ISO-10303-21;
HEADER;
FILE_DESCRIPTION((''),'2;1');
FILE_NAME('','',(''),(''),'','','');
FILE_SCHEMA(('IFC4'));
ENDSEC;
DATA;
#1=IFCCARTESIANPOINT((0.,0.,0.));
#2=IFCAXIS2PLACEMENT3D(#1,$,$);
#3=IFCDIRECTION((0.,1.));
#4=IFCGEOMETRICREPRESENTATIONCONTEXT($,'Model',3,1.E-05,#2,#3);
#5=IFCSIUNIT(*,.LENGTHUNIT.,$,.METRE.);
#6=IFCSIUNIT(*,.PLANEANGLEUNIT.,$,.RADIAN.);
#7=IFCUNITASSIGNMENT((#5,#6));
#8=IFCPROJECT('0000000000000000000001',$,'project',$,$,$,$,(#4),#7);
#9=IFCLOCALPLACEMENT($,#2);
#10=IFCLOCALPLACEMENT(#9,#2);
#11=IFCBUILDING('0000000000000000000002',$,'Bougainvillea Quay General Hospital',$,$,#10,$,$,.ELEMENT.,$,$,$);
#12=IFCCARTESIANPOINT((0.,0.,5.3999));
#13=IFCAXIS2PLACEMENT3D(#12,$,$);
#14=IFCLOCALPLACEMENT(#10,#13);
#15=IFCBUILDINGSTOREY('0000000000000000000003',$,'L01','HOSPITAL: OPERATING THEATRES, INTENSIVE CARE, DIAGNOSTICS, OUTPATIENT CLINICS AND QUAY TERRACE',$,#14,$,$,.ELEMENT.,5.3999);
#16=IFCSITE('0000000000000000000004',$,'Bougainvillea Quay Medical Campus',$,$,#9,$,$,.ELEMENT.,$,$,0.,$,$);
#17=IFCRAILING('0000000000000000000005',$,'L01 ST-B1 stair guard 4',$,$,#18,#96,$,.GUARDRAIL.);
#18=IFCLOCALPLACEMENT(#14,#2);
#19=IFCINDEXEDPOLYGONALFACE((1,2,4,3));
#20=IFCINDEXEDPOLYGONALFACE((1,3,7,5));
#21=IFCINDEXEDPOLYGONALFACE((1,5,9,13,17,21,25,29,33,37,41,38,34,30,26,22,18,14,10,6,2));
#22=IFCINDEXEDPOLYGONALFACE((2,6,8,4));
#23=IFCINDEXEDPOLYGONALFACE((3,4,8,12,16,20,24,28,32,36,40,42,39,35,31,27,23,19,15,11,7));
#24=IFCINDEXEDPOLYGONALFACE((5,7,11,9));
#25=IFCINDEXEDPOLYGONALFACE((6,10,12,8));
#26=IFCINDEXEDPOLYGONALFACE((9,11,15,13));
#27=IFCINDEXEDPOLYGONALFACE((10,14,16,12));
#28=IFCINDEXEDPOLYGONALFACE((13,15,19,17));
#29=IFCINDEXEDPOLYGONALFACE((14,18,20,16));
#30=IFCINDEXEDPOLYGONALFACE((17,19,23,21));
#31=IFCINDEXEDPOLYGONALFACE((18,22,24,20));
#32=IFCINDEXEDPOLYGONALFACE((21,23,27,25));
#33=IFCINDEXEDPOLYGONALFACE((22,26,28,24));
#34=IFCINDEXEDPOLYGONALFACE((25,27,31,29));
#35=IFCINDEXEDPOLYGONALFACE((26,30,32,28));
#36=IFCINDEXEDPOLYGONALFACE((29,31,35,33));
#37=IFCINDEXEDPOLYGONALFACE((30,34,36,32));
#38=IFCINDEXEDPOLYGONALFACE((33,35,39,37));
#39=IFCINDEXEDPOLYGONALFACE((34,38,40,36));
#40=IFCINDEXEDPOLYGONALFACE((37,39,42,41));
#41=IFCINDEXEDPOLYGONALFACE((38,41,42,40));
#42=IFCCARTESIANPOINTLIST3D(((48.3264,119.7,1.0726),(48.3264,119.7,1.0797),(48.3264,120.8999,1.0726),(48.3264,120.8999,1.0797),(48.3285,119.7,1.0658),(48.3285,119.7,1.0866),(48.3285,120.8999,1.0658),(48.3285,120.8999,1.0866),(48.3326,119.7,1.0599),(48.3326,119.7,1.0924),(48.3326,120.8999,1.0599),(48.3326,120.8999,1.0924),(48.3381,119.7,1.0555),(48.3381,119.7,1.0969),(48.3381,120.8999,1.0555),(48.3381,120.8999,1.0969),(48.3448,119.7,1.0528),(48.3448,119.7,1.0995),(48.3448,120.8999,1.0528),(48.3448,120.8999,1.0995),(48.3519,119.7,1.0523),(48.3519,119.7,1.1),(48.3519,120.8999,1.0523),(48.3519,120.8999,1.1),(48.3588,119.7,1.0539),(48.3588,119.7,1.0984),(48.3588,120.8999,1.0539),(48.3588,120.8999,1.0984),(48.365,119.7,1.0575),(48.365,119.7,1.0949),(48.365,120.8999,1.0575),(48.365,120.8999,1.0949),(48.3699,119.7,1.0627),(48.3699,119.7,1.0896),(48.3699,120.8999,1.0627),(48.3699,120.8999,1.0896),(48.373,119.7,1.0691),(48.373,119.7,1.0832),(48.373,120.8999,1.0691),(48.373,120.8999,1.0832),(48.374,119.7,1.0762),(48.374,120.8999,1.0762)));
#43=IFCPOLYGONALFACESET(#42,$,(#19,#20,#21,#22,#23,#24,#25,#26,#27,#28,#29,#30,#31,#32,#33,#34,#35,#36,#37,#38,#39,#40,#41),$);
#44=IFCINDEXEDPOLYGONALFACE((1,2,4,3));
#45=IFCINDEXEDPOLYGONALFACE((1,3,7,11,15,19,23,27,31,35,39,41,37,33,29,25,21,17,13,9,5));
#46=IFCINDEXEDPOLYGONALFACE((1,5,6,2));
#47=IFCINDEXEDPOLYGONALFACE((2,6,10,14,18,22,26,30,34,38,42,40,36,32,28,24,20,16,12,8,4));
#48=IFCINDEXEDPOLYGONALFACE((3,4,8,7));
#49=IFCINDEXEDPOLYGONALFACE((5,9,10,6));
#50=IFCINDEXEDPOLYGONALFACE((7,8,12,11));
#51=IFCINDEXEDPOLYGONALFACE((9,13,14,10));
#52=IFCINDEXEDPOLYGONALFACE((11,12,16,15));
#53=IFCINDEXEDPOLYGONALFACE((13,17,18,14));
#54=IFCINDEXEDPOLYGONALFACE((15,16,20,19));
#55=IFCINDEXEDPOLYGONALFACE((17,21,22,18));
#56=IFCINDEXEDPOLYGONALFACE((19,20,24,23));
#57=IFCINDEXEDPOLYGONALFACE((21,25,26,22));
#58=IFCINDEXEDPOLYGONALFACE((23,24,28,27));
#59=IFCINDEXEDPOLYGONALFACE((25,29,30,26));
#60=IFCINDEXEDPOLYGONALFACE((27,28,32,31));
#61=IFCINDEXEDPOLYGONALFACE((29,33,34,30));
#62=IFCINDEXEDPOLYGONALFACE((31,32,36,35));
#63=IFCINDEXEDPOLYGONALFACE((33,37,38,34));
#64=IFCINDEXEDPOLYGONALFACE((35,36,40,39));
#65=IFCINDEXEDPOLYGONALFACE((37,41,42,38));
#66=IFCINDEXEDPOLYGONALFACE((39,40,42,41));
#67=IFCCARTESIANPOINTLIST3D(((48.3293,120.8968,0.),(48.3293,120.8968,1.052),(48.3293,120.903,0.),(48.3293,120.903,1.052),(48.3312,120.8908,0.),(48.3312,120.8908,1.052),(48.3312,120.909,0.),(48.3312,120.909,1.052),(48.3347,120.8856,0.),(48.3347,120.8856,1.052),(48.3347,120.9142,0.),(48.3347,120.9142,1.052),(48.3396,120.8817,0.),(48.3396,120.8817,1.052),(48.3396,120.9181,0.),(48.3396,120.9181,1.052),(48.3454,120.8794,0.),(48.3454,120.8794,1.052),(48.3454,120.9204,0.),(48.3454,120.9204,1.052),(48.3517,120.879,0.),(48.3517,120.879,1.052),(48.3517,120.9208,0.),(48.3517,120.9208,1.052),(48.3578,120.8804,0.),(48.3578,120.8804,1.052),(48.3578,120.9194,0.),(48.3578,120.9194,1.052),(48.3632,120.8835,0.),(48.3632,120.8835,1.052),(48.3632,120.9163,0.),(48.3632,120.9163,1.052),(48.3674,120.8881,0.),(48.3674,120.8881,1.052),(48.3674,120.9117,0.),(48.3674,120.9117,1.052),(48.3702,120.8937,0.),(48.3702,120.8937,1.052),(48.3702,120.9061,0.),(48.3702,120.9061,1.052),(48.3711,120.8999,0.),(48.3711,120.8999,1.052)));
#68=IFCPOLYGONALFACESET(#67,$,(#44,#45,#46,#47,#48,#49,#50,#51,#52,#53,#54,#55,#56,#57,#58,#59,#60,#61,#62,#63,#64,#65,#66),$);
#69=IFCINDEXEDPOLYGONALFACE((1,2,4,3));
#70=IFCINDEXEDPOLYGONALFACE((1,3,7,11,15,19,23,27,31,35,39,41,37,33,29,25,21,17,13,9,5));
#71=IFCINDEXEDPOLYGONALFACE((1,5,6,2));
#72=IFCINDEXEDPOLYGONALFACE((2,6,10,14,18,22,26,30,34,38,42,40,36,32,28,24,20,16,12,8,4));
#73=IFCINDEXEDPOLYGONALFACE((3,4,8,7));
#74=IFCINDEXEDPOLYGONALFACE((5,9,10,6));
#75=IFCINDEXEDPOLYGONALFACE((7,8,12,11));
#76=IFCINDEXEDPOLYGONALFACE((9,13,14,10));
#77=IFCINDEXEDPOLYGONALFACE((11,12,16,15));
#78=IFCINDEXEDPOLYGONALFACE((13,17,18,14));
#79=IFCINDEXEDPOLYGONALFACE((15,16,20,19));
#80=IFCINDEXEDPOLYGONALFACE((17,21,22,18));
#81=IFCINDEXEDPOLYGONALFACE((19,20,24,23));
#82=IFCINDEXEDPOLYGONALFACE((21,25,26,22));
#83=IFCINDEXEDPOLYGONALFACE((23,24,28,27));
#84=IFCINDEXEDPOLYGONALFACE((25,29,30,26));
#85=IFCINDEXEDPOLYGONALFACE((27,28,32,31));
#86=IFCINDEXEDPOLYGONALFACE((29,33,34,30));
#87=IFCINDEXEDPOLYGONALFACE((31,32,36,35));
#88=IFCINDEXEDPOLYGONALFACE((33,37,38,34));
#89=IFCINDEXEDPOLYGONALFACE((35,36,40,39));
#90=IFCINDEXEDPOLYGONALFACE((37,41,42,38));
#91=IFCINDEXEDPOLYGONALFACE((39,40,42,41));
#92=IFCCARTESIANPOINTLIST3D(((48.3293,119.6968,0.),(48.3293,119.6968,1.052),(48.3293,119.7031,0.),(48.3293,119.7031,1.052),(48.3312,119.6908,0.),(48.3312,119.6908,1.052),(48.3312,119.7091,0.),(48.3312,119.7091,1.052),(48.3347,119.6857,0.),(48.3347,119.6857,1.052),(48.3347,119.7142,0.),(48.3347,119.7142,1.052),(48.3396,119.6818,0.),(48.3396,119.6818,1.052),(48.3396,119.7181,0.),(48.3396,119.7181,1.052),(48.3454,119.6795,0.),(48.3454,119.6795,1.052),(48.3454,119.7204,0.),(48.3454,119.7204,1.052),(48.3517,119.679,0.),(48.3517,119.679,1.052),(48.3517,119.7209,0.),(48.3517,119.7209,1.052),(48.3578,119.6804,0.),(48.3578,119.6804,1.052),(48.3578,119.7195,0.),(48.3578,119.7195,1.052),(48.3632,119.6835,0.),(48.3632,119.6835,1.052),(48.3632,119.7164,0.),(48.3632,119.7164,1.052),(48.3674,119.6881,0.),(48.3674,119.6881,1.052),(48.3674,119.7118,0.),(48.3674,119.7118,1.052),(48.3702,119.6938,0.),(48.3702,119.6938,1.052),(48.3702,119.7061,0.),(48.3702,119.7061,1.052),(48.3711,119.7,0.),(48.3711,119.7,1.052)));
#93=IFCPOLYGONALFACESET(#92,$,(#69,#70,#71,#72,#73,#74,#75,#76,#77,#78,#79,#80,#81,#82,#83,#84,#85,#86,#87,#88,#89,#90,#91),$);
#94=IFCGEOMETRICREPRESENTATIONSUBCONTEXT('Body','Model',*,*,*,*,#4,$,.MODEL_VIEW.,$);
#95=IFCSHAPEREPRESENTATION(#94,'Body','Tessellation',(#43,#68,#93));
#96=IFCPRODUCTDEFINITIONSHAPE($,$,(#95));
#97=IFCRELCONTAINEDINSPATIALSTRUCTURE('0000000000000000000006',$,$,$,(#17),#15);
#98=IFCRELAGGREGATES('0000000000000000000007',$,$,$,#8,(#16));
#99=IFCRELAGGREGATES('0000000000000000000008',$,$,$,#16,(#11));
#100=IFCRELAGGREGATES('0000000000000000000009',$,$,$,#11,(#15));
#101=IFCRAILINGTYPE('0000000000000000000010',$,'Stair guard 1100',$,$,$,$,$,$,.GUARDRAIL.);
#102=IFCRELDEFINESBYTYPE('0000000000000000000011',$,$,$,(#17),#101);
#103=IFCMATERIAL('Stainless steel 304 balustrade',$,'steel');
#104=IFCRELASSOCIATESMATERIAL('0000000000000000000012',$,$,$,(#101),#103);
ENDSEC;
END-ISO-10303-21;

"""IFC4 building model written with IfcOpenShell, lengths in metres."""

from ifc_helpers import new_model, si_unit, direction, frame, origin, origin_2d, place, context, subcontext, project, spatial, circle, extrude, material, type_object, element, save


model = new_model("IFC4")

# Units and contexts
model_context = context("Model", 3, precision=1e-05, world=origin(), true_north=direction((0.0, 1.0)))
body_context = subcontext(model_context, "Body", "Model", "MODEL_VIEW")
ifc_project = project(units=[si_unit("LENGTHUNIT", "METRE"), si_unit("PLANEANGLEUNIT", "RADIAN")], contexts=[model_context])

# Site, building, storey
site_placement = place(None, origin())
site = spatial("IfcSite", under=ifc_project, at=site_placement, Name="Bougainvillea Quay Medical Campus", CompositionType="ELEMENT", RefElevation=0.0)
building_placement = place(site_placement, origin())
building = spatial("IfcBuilding", under=site, at=building_placement, Name="Bougainvillea Quay General Hospital", CompositionType="ELEMENT")
storey_placement = place(building_placement, frame((0.0, 0.0, 5.3999)))
storey = spatial("IfcBuildingStorey", under=building, at=storey_placement, Name="L01", Description="HOSPITAL: OPERATING THEATRES, INTENSIVE CARE, DIAGNOSTICS, OUTPATIENT CLINICS AND QUAY TERRACE", CompositionType="ELEMENT", Elevation=5.3999)

# Railing
ifc_material_1 = material(Name="Stainless steel 304 balustrade", Category="steel")
railing_type_1 = type_object("IfcRailingType", Name="Stair guard 1100", PredefinedType="GUARDRAIL", material=ifc_material_1)
railing_1_placement = place(storey_placement, frame((48.3501, 120.8999, 0.0)))
element("IfcRailing", 1, at=railing_1_placement, inside=storey, type_object=railing_type_1, Name="L01 ST-B1 stair guard 4", PredefinedType="GUARDRAIL", context=body_context, shape_type="SweptSolid", body=[
    extrude(circle(Radius=0.0239, at=origin_2d()), frame((0.0, 0.0, 1.0762), z_axis=(0.0, -1.0, 0.0), x_axis=(1.0, 0.0, 0.0)), (0.0, 0.0, 1.0), 1.2),
    extrude(circle(Radius=0.021, at=origin_2d()), origin(), (0.0, 0.0, 1.0), 1.052),
    extrude(circle(Radius=0.021, at=origin_2d()), frame((0.0, -1.2, 0.0)), (0.0, 0.0, 1.0), 1.052),
])

save(model, "model.ifc")
